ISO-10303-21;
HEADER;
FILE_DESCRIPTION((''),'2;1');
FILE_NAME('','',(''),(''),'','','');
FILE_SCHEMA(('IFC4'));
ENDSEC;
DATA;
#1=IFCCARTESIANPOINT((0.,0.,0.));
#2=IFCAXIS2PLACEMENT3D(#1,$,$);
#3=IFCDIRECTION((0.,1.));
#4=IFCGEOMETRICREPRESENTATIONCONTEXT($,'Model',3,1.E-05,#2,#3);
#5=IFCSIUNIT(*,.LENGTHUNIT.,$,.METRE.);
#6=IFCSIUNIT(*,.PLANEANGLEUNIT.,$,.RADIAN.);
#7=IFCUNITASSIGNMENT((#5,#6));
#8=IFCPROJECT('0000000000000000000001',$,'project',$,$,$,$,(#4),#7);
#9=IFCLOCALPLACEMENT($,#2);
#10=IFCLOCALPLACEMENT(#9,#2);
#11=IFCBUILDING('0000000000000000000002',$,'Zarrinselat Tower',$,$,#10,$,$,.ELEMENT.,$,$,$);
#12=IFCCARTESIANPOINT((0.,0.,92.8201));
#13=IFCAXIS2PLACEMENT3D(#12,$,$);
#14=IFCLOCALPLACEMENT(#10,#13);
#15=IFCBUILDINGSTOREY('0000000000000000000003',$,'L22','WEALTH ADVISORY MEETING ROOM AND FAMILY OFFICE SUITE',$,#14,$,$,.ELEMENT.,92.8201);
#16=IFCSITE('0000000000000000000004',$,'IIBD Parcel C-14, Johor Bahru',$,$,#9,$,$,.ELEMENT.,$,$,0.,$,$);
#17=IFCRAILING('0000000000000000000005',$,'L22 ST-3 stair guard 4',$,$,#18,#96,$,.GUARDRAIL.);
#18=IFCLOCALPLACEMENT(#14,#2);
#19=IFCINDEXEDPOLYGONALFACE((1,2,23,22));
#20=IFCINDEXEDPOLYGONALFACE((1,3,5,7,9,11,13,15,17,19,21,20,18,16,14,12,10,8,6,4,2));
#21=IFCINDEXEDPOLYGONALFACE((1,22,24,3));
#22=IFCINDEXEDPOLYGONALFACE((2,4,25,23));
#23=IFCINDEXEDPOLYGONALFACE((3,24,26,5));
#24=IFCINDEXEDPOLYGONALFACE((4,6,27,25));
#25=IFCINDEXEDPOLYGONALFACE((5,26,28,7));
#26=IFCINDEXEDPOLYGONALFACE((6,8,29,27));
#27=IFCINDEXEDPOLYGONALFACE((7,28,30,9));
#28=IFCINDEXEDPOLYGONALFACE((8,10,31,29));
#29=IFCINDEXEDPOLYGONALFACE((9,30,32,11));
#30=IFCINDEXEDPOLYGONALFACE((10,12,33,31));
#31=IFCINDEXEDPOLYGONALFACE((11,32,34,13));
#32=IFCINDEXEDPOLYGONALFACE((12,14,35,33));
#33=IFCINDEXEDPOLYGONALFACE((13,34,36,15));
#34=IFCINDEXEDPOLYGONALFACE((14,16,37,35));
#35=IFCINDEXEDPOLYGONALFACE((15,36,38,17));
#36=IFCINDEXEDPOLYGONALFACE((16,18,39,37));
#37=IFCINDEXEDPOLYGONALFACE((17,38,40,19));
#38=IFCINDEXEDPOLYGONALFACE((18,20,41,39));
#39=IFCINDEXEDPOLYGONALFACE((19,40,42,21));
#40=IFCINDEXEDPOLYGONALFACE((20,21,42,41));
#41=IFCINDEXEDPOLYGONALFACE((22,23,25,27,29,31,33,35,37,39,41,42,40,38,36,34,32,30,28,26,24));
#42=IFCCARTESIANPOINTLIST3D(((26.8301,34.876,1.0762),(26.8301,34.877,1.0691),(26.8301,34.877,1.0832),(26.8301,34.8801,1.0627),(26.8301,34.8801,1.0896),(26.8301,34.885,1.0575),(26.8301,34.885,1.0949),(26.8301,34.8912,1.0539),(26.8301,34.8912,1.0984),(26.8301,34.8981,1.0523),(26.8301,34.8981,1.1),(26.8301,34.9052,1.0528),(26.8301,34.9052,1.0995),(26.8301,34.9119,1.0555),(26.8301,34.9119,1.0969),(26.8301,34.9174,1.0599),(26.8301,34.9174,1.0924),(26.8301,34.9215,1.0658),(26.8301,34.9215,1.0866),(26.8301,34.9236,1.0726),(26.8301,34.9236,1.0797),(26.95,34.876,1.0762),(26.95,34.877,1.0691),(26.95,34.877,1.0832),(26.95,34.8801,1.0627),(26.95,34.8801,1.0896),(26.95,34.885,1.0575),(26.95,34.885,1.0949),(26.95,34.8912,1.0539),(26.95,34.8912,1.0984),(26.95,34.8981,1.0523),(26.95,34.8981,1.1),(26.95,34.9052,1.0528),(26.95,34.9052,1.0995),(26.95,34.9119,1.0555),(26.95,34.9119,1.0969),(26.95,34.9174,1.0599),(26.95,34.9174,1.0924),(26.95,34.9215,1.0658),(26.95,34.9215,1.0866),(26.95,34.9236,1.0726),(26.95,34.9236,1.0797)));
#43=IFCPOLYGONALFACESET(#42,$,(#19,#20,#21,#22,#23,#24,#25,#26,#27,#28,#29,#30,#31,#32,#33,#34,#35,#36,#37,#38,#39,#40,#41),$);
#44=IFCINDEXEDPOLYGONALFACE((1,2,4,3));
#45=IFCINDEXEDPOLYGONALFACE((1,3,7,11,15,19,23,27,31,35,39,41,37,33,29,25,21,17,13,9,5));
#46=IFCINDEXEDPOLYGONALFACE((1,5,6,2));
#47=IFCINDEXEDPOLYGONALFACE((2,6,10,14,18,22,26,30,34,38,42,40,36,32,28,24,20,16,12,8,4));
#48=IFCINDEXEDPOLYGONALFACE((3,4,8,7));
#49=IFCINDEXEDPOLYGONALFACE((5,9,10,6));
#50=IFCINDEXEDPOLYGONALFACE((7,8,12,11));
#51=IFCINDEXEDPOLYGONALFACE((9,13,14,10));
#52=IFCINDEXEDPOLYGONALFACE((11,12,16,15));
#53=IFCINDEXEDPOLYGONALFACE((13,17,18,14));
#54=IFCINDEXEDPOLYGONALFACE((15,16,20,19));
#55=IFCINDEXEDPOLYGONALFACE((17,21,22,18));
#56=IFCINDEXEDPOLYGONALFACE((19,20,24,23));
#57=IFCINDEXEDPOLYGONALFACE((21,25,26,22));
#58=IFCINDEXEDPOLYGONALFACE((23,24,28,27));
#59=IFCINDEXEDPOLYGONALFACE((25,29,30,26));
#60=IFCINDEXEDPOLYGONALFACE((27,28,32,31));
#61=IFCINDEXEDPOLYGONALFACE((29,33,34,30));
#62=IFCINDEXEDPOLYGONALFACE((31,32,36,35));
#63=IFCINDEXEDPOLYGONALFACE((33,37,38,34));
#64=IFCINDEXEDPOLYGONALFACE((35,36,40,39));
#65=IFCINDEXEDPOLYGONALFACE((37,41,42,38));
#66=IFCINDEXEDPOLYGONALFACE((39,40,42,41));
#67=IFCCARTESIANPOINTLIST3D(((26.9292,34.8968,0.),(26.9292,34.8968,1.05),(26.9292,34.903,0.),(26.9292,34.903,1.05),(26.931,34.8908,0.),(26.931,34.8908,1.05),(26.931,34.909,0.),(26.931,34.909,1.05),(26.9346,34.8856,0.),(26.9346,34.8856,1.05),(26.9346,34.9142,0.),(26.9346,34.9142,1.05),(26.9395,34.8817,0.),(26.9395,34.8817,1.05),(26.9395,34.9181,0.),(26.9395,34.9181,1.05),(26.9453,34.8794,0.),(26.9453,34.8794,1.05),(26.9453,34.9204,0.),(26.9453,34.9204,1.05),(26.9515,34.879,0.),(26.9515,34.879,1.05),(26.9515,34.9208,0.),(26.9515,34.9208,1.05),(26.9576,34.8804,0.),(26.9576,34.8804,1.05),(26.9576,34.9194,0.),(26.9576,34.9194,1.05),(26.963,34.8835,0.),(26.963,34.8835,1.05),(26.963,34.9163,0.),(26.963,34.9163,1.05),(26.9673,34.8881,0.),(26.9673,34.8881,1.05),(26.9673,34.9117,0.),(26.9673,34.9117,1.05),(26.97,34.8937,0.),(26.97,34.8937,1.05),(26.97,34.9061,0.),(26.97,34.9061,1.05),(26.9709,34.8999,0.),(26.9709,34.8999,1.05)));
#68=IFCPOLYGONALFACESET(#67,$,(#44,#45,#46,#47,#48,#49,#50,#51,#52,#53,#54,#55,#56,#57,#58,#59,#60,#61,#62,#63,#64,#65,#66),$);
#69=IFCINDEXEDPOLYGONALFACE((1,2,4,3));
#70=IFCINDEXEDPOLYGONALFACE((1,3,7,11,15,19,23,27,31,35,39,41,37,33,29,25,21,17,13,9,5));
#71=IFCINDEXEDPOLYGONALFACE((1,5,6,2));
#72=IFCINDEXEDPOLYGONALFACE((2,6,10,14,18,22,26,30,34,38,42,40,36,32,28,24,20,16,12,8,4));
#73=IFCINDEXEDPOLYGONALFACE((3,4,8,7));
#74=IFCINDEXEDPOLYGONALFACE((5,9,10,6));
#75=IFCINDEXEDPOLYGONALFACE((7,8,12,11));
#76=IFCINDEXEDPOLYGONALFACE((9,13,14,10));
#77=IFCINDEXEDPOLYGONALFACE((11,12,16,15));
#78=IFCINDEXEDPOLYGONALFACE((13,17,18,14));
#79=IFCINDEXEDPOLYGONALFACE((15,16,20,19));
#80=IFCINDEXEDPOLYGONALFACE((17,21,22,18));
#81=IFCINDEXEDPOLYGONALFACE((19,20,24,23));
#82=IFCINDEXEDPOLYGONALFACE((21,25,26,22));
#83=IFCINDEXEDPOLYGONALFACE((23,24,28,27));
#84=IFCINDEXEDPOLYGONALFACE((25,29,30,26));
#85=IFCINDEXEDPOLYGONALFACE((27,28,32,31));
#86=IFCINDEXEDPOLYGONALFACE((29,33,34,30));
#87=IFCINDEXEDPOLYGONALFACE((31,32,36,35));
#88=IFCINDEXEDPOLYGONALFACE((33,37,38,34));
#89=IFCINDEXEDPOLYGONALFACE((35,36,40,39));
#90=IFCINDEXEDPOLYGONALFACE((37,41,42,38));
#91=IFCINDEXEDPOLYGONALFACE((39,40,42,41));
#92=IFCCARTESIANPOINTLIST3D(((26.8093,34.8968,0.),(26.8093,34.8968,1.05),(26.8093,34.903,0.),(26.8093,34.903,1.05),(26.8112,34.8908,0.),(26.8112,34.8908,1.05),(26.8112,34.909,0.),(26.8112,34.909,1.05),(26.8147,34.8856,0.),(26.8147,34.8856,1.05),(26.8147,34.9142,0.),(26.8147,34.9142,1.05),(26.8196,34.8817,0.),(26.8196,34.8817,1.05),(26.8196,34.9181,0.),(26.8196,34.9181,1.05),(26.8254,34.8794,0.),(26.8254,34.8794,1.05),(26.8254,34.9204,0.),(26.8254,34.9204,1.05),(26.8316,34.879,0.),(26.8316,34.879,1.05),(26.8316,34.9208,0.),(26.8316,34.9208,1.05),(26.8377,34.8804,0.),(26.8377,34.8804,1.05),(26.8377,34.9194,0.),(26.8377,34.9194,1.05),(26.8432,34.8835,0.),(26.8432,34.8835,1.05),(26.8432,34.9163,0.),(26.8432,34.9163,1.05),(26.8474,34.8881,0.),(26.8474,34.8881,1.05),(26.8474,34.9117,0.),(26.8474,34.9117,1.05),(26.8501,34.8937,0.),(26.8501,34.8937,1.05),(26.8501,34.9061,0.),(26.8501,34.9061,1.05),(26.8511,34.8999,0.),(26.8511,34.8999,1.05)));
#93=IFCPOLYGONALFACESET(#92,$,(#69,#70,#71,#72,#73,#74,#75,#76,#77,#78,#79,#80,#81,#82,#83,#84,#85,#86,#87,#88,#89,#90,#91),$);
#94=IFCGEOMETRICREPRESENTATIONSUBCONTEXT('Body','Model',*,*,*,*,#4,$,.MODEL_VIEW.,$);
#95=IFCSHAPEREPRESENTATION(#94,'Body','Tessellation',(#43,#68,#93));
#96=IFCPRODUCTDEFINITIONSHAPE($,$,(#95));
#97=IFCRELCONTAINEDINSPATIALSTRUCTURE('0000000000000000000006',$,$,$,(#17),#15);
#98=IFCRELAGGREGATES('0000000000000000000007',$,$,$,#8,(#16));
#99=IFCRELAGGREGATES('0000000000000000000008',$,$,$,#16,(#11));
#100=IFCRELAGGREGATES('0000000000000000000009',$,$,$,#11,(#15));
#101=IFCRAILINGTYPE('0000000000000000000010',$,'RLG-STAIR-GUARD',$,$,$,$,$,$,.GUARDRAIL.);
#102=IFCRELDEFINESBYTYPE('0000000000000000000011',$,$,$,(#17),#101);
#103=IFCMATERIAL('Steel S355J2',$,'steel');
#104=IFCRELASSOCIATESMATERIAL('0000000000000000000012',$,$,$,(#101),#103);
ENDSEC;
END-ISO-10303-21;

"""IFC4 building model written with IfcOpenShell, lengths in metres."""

from ifc_helpers import new_model, si_unit, direction, frame, origin, origin_2d, place, context, subcontext, project, spatial, circle, extrude, material, type_object, element, save


model = new_model("IFC4")

# Units and contexts
model_context = context("Model", 3, precision=1e-05, world=origin(), true_north=direction((0.0, 1.0)))
body_context = subcontext(model_context, "Body", "Model", "MODEL_VIEW")
ifc_project = project(units=[si_unit("LENGTHUNIT", "METRE"), si_unit("PLANEANGLEUNIT", "RADIAN")], contexts=[model_context])

# Site, building, storey
site_placement = place(None, origin())
site = spatial("IfcSite", under=ifc_project, at=site_placement, Name="IIBD Parcel C-14, Johor Bahru", CompositionType="ELEMENT", RefElevation=0.0)
building_placement = place(site_placement, origin())
building = spatial("IfcBuilding", under=site, at=building_placement, Name="Zarrinselat Tower", CompositionType="ELEMENT")
storey_placement = place(building_placement, frame((0.0, 0.0, 92.8201)))
storey = spatial("IfcBuildingStorey", under=building, at=storey_placement, Name="L22", Description="WEALTH ADVISORY MEETING ROOM AND FAMILY OFFICE SUITE", CompositionType="ELEMENT", Elevation=92.8201)

# Railing
ifc_material_1 = material(Name="Steel S355J2", Category="steel")
railing_type_1 = type_object("IfcRailingType", Name="RLG-STAIR-GUARD", PredefinedType="GUARDRAIL", material=ifc_material_1)
railing_1_placement = place(storey_placement, frame((26.95, 34.8999, 0.0)))
element("IfcRailing", 1, at=railing_1_placement, inside=storey, type_object=railing_type_1, Name="L22 ST-3 stair guard 4", PredefinedType="GUARDRAIL", context=body_context, shape_type="SweptSolid", body=[
    extrude(circle(Radius=0.0239, at=origin_2d()), frame((0.0, 0.0, 1.0762), z_axis=(-1.0, 0.0, 0.0), x_axis=(0.0, -1.0, 0.0)), (0.0, 0.0, 1.0), 0.1199),
    extrude(circle(Radius=0.021, at=origin_2d()), origin(), (0.0, 0.0, 1.0), 1.05),
    extrude(circle(Radius=0.021, at=origin_2d()), frame((-0.1199, 0.0, 0.0)), (0.0, 0.0, 1.0), 1.05),
])

save(model, "model.ifc")
